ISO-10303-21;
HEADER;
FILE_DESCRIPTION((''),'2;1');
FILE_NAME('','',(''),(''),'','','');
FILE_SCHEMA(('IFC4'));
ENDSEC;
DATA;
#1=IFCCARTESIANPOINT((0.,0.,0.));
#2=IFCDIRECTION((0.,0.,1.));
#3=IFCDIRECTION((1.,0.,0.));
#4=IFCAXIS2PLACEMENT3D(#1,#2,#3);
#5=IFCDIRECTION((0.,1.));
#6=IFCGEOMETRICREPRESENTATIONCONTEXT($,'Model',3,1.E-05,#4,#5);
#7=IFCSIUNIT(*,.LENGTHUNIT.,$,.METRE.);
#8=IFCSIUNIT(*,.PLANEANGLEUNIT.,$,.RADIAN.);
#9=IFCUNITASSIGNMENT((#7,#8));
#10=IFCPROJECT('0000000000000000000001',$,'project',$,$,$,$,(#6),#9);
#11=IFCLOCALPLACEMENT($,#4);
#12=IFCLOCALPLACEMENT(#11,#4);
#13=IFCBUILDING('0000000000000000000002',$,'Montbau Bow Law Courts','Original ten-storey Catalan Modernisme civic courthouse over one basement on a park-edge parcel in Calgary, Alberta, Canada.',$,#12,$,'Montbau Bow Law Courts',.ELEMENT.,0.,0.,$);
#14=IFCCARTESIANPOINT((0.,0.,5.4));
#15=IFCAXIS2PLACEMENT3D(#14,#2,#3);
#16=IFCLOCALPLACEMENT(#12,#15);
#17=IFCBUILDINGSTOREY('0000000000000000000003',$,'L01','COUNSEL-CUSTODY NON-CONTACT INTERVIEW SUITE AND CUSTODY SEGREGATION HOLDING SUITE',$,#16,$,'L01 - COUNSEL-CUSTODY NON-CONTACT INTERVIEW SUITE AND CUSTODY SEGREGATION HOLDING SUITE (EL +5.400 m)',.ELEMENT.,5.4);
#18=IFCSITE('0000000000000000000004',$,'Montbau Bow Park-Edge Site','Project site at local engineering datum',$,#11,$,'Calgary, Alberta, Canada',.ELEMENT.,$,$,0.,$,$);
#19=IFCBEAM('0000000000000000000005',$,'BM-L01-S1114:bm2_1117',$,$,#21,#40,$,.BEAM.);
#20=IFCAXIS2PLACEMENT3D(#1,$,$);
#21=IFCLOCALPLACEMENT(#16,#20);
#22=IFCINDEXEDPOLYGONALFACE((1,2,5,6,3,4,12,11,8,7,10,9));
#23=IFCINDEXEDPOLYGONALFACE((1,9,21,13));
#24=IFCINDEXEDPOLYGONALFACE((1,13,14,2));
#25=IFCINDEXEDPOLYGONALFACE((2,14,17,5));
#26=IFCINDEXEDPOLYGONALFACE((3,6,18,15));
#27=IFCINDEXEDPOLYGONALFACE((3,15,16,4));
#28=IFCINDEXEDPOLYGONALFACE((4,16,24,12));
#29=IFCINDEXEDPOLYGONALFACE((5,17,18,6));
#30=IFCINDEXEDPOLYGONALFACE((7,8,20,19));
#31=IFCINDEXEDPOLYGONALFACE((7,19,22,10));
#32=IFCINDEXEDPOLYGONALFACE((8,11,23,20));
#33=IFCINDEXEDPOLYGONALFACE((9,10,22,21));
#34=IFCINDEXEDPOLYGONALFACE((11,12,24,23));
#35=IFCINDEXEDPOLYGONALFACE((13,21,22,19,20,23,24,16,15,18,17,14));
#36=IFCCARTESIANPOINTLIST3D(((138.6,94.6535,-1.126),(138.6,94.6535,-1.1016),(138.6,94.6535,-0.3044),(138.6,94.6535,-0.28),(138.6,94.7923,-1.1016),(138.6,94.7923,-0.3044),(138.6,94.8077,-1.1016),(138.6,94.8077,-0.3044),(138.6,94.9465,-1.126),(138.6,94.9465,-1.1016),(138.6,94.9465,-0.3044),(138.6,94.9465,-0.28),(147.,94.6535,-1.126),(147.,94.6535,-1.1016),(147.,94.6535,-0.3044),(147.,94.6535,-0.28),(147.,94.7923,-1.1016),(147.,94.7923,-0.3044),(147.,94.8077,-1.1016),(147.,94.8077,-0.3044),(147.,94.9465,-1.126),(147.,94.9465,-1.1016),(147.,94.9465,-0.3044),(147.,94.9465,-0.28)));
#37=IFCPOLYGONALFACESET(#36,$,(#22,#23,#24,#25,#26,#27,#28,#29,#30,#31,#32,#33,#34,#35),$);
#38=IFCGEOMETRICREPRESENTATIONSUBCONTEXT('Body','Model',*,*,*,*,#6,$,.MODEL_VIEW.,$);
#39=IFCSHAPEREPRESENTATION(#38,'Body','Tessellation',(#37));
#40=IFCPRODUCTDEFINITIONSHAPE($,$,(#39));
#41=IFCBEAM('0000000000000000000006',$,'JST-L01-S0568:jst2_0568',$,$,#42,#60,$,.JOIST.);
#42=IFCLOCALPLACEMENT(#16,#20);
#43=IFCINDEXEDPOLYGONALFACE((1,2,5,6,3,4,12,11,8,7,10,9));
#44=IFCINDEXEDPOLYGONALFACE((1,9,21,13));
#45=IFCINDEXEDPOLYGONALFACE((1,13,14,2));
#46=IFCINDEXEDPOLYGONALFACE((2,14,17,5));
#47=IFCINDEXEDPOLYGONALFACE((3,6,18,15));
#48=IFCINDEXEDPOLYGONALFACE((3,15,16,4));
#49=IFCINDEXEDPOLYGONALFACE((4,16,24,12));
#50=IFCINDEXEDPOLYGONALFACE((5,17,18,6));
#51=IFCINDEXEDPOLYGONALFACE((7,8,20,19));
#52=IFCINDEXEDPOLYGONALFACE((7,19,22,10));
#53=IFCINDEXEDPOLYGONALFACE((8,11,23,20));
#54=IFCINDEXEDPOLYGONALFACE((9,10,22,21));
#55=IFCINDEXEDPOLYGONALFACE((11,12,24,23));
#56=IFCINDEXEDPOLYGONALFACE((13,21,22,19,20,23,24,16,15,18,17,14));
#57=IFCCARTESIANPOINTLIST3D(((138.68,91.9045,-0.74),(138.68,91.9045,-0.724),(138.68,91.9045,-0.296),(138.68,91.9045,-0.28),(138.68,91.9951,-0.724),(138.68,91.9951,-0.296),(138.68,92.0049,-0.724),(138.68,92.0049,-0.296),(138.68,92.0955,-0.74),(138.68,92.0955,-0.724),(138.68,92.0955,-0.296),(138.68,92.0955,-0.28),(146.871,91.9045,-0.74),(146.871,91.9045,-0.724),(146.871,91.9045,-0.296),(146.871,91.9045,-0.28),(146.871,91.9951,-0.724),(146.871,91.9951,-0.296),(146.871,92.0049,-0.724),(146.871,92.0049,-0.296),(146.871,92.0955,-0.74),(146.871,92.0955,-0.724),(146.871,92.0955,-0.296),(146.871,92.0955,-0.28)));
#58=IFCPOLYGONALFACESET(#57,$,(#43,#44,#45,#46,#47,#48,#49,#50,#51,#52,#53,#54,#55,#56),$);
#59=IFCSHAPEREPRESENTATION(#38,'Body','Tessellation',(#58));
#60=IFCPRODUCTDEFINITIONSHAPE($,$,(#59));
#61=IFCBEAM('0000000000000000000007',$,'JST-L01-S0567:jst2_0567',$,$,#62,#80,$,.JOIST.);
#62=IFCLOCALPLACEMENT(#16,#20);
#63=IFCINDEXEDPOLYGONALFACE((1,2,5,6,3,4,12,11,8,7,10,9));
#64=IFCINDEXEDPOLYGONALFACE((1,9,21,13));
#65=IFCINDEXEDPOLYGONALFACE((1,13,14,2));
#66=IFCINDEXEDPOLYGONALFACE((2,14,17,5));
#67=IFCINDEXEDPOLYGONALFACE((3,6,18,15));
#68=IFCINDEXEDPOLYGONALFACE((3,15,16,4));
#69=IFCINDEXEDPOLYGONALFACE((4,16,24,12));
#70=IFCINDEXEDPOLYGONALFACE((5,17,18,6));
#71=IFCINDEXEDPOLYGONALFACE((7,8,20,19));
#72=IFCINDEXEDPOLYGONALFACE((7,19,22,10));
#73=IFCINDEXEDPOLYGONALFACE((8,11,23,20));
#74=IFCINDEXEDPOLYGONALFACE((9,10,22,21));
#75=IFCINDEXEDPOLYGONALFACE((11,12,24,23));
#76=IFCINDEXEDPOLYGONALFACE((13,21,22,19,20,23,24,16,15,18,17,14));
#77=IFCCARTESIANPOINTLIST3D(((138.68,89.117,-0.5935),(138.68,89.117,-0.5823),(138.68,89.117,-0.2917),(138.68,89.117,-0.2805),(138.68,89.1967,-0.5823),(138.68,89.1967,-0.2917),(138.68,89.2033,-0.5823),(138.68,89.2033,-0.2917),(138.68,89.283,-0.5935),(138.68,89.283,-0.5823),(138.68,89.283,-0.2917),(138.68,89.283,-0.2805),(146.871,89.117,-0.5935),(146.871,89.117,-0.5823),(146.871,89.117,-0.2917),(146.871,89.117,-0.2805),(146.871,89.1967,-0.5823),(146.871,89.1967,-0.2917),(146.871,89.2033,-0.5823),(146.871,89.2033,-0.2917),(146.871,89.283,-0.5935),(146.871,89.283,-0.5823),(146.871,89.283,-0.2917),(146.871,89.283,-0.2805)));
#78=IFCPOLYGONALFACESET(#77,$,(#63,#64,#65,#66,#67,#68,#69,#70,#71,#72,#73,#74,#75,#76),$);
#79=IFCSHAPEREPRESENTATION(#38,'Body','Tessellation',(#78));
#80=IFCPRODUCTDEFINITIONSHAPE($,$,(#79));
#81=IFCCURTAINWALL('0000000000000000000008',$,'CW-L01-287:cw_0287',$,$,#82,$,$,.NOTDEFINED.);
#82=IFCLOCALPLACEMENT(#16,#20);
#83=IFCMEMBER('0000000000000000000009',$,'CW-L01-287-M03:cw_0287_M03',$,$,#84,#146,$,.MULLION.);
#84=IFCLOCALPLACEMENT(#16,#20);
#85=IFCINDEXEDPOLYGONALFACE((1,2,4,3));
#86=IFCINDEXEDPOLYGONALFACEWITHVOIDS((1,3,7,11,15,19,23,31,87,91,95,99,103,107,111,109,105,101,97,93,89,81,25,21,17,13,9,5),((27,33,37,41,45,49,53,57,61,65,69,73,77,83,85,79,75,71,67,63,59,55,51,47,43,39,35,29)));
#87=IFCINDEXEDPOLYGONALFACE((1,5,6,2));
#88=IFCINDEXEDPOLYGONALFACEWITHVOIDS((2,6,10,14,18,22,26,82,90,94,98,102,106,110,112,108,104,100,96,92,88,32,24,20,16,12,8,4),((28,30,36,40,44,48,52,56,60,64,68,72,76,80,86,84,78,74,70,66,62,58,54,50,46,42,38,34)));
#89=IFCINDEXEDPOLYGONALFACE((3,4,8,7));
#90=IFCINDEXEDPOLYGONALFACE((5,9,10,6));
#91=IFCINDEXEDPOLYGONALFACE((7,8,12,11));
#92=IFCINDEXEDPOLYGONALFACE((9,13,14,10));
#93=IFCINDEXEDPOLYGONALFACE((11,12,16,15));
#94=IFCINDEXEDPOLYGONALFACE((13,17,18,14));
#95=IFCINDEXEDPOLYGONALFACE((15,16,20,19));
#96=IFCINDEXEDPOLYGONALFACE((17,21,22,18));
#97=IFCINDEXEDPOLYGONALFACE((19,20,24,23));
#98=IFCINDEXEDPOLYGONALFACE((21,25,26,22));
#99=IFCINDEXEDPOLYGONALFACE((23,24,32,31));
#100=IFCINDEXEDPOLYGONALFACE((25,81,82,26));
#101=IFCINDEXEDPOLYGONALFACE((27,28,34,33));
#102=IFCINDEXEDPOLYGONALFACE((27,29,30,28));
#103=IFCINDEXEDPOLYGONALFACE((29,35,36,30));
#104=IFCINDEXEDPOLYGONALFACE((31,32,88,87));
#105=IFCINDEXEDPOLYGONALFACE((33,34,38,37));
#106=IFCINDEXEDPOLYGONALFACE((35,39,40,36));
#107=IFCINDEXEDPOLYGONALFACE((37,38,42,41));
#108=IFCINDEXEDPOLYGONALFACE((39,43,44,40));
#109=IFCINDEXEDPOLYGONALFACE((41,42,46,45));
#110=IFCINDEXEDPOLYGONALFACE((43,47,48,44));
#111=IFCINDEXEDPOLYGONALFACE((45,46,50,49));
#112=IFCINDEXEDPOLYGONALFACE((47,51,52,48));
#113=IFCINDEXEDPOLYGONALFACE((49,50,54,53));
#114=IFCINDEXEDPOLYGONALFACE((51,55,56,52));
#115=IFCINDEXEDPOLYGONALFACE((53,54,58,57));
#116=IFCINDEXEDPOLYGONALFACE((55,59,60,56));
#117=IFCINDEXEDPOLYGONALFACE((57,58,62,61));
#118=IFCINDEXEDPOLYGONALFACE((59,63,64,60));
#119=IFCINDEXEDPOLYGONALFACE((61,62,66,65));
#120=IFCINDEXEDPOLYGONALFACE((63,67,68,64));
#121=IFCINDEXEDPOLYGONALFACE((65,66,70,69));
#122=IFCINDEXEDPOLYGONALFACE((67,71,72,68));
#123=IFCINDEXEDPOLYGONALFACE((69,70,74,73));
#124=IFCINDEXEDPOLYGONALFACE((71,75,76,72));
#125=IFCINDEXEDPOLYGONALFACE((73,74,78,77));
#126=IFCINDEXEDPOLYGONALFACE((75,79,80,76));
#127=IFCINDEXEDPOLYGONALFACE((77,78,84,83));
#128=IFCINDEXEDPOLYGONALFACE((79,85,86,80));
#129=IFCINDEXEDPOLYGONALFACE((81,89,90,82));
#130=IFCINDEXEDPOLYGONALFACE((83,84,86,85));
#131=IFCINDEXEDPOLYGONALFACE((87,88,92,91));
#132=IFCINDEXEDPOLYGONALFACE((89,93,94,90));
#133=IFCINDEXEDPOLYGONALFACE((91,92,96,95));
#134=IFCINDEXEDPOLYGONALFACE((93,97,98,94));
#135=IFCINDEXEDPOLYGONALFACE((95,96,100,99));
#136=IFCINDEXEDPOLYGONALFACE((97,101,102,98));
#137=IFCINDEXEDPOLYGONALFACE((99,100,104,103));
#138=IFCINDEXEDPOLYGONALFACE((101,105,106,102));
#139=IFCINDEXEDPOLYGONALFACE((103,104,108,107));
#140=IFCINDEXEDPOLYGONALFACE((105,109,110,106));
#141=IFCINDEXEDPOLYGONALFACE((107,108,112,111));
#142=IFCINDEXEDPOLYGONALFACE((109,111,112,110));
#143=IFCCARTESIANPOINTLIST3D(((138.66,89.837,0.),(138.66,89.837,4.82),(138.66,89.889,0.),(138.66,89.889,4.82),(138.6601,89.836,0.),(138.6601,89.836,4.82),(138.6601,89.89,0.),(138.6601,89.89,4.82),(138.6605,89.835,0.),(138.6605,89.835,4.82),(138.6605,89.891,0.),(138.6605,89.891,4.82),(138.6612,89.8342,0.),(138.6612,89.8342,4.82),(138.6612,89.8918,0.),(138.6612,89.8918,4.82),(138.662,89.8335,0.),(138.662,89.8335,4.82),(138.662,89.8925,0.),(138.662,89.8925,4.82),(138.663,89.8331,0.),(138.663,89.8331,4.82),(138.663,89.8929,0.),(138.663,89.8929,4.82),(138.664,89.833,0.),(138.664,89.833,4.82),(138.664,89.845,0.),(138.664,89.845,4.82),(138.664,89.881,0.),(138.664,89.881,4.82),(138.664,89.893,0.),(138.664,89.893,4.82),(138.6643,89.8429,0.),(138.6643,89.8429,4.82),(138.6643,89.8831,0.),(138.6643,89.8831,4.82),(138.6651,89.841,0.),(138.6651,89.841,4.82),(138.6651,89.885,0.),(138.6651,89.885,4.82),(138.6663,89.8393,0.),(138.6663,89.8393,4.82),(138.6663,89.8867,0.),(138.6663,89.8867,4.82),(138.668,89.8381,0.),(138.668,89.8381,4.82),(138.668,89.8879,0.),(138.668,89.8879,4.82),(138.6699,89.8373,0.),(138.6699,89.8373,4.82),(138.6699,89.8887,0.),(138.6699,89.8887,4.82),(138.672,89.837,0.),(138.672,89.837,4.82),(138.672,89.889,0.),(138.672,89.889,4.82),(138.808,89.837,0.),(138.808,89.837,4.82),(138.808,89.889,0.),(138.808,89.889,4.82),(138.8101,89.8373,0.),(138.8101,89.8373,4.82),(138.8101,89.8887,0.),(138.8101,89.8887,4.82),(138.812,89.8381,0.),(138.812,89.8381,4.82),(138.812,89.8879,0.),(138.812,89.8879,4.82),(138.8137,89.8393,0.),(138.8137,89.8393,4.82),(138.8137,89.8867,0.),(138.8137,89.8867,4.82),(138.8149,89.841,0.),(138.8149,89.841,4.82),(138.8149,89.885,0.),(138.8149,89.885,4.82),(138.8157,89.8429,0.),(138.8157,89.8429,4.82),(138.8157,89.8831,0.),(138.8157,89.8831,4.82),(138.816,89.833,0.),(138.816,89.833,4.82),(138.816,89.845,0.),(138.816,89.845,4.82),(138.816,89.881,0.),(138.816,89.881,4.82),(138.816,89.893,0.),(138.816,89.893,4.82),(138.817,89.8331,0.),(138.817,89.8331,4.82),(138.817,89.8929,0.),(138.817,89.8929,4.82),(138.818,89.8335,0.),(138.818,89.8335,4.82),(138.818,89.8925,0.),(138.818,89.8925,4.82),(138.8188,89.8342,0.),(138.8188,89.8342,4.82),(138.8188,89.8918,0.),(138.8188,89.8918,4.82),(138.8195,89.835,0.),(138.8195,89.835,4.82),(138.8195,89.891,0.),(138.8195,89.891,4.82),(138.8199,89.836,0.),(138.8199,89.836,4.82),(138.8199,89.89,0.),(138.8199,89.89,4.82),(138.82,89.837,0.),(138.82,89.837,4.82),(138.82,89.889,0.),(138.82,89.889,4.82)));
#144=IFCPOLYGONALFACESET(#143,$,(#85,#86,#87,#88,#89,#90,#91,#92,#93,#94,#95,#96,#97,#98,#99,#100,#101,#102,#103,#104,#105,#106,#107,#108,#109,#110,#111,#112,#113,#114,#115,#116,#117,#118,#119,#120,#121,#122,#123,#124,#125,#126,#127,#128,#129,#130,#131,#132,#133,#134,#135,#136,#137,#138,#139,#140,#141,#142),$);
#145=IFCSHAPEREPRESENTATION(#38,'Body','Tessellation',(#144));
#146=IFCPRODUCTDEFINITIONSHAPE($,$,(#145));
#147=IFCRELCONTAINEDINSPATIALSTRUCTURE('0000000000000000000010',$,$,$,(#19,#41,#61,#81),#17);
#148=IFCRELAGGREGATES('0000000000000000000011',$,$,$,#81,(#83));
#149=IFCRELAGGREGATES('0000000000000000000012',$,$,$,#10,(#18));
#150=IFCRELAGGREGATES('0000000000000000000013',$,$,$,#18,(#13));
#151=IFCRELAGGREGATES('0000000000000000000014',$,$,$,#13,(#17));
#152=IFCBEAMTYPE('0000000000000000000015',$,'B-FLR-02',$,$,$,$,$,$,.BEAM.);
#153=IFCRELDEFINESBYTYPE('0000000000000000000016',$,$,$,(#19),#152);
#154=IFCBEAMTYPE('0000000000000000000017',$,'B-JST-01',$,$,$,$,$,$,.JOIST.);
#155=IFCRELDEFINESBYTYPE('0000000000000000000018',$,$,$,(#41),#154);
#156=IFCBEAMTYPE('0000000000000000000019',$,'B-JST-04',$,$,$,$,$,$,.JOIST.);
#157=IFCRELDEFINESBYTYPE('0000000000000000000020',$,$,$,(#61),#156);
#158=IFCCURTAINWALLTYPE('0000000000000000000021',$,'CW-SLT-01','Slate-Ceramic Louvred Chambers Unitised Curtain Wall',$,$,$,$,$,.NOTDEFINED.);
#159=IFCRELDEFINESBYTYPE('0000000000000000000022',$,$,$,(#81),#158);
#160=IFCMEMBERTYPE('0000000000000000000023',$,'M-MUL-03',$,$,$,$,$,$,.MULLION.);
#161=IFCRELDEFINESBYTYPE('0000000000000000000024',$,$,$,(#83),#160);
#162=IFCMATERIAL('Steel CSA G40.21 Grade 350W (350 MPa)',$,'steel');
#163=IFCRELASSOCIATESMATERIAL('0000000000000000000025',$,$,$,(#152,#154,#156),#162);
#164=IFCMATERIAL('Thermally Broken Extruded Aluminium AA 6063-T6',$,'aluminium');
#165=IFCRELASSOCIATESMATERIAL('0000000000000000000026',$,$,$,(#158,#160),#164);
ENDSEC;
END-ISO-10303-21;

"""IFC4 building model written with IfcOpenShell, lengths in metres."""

from ifc_helpers import new_model, si_unit, direction, frame, origin_with_axes, origin_2d_with_axis, place, context, subcontext, project, spatial, hollow_rectangle, i_section, extrude, material, material_profile, profile_set, type_object, element, aggregate, save


model = new_model("IFC4")

# Units and contexts
model_context = context("Model", 3, precision=1e-05, world=origin_with_axes(), true_north=direction((0.0, 1.0)))
body_context = subcontext(model_context, "Body", "Model", "MODEL_VIEW")
ifc_project = project(units=[si_unit("LENGTHUNIT", "METRE"), si_unit("PLANEANGLEUNIT", "RADIAN")], contexts=[model_context])

# Site, building, storey
site_placement = place(None, origin_with_axes())
site = spatial("IfcSite", under=ifc_project, at=site_placement, Name="Montbau Bow Park-Edge Site", Description="Project site at local engineering datum", LongName="Calgary, Alberta, Canada", CompositionType="ELEMENT", RefElevation=0.0)
building_placement = place(site_placement, origin_with_axes())
building = spatial("IfcBuilding", under=site, at=building_placement, Name="Montbau Bow Law Courts", Description="Original ten-storey Catalan Modernisme civic courthouse over one basement on a park-edge parcel in Calgary, Alberta, Canada.", LongName="Montbau Bow Law Courts", CompositionType="ELEMENT", ElevationOfRefHeight=0.0, ElevationOfTerrain=0.0)
storey_placement = place(building_placement, frame((0.0, 0.0, 5.4), z_axis=(0.0, 0.0, 1.0), x_axis=(1.0, 0.0, 0.0)))
storey = spatial("IfcBuildingStorey", under=building, at=storey_placement, Name="L01", Description="COUNSEL-CUSTODY NON-CONTACT INTERVIEW SUITE AND CUSTODY SEGREGATION HOLDING SUITE", LongName="L01 - COUNSEL-CUSTODY NON-CONTACT INTERVIEW SUITE AND CUSTODY SEGREGATION HOLDING SUITE (EL +5.400 m)", CompositionType="ELEMENT", Elevation=5.4)

# Beams
ifc_material_1 = material(Name="Steel CSA G40.21 Grade 350W (350 MPa)", Category="steel")
ifc_material_profile_1 = material_profile(ifc_material_1, i_section(OverallWidth=0.293, OverallDepth=0.846, WebThickness=0.0154, FlangeThickness=0.0244, at=origin_2d_with_axis()), Name="W840X210", Category="Main", Priority=0)
ifc_profile_set_1 = profile_set([ifc_material_profile_1], Name="Steel CSA G40.21 Grade 350W (350 MPa)")
beam_type_1 = type_object("IfcBeamType", Name="B-FLR-02", PredefinedType="BEAM", material=ifc_profile_set_1)
beam_1_placement = place(None, frame((138.6, 94.8, 4.697), z_axis=(1.0, 0.0, 0.0), x_axis=(0.0, 1.0, 0.0)))
element("IfcBeam", 1, at=beam_1_placement, inside=storey, type_object=beam_type_1, Name="BM-L01-S1114:bm2_1117", PredefinedType="BEAM", context=body_context, shape_type="SweptSolid", body=[
    extrude(i_section(OverallWidth=0.293, OverallDepth=0.846, WebThickness=0.0154, FlangeThickness=0.0244, at=origin_2d_with_axis()), origin_with_axes(), (0.0, 0.0, 1.0), 8.4),
])
ifc_material_profile_2 = material_profile(ifc_material_1, i_section(OverallWidth=0.191, OverallDepth=0.46, WebThickness=0.0099, FlangeThickness=0.016, at=origin_2d_with_axis()), Name="W460X82", Category="Main", Priority=0)
ifc_profile_set_2 = profile_set([ifc_material_profile_2], Name="Steel CSA G40.21 Grade 350W (350 MPa)")
beam_type_2 = type_object("IfcBeamType", Name="B-JST-01", PredefinedType="JOIST", material=ifc_profile_set_2)
beam_2_placement = place(None, frame((138.68, 92.0, 4.89), z_axis=(1.0, 0.0, 0.0), x_axis=(0.0, 1.0, 0.0)))
element("IfcBeam", 2, at=beam_2_placement, inside=storey, type_object=beam_type_2, Name="JST-L01-S0568:jst2_0568", PredefinedType="JOIST", context=body_context, shape_type="SweptSolid", body=[
    extrude(i_section(OverallWidth=0.191, OverallDepth=0.46, WebThickness=0.0099, FlangeThickness=0.016, at=origin_2d_with_axis()), origin_with_axes(), (0.0, 0.0, 1.0), 8.191),
])
ifc_material_profile_3 = material_profile(ifc_material_1, i_section(OverallWidth=0.166, OverallDepth=0.313, WebThickness=0.0066, FlangeThickness=0.0112, at=origin_2d_with_axis()), Name="W310X45", Category="Main", Priority=0)
ifc_profile_set_3 = profile_set([ifc_material_profile_3], Name="Steel CSA G40.21 Grade 350W (350 MPa)")
beam_type_3 = type_object("IfcBeamType", Name="B-JST-04", PredefinedType="JOIST", material=ifc_profile_set_3)
beam_3_placement = place(None, frame((138.68, 89.2, 4.963), z_axis=(1.0, 0.0, 0.0), x_axis=(0.0, 1.0, 0.0)))
element("IfcBeam", 3, at=beam_3_placement, inside=storey, type_object=beam_type_3, Name="JST-L01-S0567:jst2_0567", PredefinedType="JOIST", context=body_context, shape_type="SweptSolid", body=[
    extrude(i_section(OverallWidth=0.166, OverallDepth=0.313, WebThickness=0.0066, FlangeThickness=0.0112, at=origin_2d_with_axis()), origin_with_axes(), (0.0, 0.0, 1.0), 8.191),
])

# Curtain wall, member
ifc_material_2 = material(Name="Thermally Broken Extruded Aluminium AA 6063-T6", Category="aluminium")
curtain_wall_type = type_object("IfcCurtainWallType", Name="CW-SLT-01", Description="Slate-Ceramic Louvred Chambers Unitised Curtain Wall", PredefinedType="NOTDEFINED", material=ifc_material_2)
curtain_wall_placement = place(None, frame((138.74, 86.915, 5.4), z_axis=(0.0, 0.0, 1.0), x_axis=(1.0, 0.0, 0.0)))
curtain_wall = element("IfcCurtainWall", 4, at=curtain_wall_placement, inside=storey, type_object=curtain_wall_type, Name="CW-L01-287:cw_0287", PredefinedType="NOTDEFINED")
ifc_material_profile_4 = material_profile(ifc_material_2, hollow_rectangle(XDim=0.06, YDim=0.16, WallThickness=0.004, InnerFilletRadius=0.008, OuterFilletRadius=0.004, at=origin_2d_with_axis()), Name="CWM-160X60", Category="Main", Priority=0)
ifc_profile_set_4 = profile_set([ifc_material_profile_4], Name="Thermally Broken Extruded Aluminium AA 6063-T6")
member_type_1 = type_object("IfcMemberType", Name="M-MUL-03", PredefinedType="MULLION", material=ifc_profile_set_4)
member_1_placement = place(None, frame((138.74, 89.863, 5.4), z_axis=(0.0, 0.0, 1.0), x_axis=(0.0, 1.0, 0.0)))
member_1 = element("IfcMember", 5, at=member_1_placement, type_object=member_type_1, Name="CW-L01-287-M03:cw_0287_M03", PredefinedType="MULLION", context=body_context, shape_type="SweptSolid", body=[
    extrude(hollow_rectangle(XDim=0.06, YDim=0.16, WallThickness=0.004, InnerFilletRadius=0.008, OuterFilletRadius=0.004, at=origin_2d_with_axis()), origin_with_axes(), (0.0, 0.0, 1.0), 4.82),
])
aggregate(curtain_wall, [member_1])

save(model, "model.ifc")
